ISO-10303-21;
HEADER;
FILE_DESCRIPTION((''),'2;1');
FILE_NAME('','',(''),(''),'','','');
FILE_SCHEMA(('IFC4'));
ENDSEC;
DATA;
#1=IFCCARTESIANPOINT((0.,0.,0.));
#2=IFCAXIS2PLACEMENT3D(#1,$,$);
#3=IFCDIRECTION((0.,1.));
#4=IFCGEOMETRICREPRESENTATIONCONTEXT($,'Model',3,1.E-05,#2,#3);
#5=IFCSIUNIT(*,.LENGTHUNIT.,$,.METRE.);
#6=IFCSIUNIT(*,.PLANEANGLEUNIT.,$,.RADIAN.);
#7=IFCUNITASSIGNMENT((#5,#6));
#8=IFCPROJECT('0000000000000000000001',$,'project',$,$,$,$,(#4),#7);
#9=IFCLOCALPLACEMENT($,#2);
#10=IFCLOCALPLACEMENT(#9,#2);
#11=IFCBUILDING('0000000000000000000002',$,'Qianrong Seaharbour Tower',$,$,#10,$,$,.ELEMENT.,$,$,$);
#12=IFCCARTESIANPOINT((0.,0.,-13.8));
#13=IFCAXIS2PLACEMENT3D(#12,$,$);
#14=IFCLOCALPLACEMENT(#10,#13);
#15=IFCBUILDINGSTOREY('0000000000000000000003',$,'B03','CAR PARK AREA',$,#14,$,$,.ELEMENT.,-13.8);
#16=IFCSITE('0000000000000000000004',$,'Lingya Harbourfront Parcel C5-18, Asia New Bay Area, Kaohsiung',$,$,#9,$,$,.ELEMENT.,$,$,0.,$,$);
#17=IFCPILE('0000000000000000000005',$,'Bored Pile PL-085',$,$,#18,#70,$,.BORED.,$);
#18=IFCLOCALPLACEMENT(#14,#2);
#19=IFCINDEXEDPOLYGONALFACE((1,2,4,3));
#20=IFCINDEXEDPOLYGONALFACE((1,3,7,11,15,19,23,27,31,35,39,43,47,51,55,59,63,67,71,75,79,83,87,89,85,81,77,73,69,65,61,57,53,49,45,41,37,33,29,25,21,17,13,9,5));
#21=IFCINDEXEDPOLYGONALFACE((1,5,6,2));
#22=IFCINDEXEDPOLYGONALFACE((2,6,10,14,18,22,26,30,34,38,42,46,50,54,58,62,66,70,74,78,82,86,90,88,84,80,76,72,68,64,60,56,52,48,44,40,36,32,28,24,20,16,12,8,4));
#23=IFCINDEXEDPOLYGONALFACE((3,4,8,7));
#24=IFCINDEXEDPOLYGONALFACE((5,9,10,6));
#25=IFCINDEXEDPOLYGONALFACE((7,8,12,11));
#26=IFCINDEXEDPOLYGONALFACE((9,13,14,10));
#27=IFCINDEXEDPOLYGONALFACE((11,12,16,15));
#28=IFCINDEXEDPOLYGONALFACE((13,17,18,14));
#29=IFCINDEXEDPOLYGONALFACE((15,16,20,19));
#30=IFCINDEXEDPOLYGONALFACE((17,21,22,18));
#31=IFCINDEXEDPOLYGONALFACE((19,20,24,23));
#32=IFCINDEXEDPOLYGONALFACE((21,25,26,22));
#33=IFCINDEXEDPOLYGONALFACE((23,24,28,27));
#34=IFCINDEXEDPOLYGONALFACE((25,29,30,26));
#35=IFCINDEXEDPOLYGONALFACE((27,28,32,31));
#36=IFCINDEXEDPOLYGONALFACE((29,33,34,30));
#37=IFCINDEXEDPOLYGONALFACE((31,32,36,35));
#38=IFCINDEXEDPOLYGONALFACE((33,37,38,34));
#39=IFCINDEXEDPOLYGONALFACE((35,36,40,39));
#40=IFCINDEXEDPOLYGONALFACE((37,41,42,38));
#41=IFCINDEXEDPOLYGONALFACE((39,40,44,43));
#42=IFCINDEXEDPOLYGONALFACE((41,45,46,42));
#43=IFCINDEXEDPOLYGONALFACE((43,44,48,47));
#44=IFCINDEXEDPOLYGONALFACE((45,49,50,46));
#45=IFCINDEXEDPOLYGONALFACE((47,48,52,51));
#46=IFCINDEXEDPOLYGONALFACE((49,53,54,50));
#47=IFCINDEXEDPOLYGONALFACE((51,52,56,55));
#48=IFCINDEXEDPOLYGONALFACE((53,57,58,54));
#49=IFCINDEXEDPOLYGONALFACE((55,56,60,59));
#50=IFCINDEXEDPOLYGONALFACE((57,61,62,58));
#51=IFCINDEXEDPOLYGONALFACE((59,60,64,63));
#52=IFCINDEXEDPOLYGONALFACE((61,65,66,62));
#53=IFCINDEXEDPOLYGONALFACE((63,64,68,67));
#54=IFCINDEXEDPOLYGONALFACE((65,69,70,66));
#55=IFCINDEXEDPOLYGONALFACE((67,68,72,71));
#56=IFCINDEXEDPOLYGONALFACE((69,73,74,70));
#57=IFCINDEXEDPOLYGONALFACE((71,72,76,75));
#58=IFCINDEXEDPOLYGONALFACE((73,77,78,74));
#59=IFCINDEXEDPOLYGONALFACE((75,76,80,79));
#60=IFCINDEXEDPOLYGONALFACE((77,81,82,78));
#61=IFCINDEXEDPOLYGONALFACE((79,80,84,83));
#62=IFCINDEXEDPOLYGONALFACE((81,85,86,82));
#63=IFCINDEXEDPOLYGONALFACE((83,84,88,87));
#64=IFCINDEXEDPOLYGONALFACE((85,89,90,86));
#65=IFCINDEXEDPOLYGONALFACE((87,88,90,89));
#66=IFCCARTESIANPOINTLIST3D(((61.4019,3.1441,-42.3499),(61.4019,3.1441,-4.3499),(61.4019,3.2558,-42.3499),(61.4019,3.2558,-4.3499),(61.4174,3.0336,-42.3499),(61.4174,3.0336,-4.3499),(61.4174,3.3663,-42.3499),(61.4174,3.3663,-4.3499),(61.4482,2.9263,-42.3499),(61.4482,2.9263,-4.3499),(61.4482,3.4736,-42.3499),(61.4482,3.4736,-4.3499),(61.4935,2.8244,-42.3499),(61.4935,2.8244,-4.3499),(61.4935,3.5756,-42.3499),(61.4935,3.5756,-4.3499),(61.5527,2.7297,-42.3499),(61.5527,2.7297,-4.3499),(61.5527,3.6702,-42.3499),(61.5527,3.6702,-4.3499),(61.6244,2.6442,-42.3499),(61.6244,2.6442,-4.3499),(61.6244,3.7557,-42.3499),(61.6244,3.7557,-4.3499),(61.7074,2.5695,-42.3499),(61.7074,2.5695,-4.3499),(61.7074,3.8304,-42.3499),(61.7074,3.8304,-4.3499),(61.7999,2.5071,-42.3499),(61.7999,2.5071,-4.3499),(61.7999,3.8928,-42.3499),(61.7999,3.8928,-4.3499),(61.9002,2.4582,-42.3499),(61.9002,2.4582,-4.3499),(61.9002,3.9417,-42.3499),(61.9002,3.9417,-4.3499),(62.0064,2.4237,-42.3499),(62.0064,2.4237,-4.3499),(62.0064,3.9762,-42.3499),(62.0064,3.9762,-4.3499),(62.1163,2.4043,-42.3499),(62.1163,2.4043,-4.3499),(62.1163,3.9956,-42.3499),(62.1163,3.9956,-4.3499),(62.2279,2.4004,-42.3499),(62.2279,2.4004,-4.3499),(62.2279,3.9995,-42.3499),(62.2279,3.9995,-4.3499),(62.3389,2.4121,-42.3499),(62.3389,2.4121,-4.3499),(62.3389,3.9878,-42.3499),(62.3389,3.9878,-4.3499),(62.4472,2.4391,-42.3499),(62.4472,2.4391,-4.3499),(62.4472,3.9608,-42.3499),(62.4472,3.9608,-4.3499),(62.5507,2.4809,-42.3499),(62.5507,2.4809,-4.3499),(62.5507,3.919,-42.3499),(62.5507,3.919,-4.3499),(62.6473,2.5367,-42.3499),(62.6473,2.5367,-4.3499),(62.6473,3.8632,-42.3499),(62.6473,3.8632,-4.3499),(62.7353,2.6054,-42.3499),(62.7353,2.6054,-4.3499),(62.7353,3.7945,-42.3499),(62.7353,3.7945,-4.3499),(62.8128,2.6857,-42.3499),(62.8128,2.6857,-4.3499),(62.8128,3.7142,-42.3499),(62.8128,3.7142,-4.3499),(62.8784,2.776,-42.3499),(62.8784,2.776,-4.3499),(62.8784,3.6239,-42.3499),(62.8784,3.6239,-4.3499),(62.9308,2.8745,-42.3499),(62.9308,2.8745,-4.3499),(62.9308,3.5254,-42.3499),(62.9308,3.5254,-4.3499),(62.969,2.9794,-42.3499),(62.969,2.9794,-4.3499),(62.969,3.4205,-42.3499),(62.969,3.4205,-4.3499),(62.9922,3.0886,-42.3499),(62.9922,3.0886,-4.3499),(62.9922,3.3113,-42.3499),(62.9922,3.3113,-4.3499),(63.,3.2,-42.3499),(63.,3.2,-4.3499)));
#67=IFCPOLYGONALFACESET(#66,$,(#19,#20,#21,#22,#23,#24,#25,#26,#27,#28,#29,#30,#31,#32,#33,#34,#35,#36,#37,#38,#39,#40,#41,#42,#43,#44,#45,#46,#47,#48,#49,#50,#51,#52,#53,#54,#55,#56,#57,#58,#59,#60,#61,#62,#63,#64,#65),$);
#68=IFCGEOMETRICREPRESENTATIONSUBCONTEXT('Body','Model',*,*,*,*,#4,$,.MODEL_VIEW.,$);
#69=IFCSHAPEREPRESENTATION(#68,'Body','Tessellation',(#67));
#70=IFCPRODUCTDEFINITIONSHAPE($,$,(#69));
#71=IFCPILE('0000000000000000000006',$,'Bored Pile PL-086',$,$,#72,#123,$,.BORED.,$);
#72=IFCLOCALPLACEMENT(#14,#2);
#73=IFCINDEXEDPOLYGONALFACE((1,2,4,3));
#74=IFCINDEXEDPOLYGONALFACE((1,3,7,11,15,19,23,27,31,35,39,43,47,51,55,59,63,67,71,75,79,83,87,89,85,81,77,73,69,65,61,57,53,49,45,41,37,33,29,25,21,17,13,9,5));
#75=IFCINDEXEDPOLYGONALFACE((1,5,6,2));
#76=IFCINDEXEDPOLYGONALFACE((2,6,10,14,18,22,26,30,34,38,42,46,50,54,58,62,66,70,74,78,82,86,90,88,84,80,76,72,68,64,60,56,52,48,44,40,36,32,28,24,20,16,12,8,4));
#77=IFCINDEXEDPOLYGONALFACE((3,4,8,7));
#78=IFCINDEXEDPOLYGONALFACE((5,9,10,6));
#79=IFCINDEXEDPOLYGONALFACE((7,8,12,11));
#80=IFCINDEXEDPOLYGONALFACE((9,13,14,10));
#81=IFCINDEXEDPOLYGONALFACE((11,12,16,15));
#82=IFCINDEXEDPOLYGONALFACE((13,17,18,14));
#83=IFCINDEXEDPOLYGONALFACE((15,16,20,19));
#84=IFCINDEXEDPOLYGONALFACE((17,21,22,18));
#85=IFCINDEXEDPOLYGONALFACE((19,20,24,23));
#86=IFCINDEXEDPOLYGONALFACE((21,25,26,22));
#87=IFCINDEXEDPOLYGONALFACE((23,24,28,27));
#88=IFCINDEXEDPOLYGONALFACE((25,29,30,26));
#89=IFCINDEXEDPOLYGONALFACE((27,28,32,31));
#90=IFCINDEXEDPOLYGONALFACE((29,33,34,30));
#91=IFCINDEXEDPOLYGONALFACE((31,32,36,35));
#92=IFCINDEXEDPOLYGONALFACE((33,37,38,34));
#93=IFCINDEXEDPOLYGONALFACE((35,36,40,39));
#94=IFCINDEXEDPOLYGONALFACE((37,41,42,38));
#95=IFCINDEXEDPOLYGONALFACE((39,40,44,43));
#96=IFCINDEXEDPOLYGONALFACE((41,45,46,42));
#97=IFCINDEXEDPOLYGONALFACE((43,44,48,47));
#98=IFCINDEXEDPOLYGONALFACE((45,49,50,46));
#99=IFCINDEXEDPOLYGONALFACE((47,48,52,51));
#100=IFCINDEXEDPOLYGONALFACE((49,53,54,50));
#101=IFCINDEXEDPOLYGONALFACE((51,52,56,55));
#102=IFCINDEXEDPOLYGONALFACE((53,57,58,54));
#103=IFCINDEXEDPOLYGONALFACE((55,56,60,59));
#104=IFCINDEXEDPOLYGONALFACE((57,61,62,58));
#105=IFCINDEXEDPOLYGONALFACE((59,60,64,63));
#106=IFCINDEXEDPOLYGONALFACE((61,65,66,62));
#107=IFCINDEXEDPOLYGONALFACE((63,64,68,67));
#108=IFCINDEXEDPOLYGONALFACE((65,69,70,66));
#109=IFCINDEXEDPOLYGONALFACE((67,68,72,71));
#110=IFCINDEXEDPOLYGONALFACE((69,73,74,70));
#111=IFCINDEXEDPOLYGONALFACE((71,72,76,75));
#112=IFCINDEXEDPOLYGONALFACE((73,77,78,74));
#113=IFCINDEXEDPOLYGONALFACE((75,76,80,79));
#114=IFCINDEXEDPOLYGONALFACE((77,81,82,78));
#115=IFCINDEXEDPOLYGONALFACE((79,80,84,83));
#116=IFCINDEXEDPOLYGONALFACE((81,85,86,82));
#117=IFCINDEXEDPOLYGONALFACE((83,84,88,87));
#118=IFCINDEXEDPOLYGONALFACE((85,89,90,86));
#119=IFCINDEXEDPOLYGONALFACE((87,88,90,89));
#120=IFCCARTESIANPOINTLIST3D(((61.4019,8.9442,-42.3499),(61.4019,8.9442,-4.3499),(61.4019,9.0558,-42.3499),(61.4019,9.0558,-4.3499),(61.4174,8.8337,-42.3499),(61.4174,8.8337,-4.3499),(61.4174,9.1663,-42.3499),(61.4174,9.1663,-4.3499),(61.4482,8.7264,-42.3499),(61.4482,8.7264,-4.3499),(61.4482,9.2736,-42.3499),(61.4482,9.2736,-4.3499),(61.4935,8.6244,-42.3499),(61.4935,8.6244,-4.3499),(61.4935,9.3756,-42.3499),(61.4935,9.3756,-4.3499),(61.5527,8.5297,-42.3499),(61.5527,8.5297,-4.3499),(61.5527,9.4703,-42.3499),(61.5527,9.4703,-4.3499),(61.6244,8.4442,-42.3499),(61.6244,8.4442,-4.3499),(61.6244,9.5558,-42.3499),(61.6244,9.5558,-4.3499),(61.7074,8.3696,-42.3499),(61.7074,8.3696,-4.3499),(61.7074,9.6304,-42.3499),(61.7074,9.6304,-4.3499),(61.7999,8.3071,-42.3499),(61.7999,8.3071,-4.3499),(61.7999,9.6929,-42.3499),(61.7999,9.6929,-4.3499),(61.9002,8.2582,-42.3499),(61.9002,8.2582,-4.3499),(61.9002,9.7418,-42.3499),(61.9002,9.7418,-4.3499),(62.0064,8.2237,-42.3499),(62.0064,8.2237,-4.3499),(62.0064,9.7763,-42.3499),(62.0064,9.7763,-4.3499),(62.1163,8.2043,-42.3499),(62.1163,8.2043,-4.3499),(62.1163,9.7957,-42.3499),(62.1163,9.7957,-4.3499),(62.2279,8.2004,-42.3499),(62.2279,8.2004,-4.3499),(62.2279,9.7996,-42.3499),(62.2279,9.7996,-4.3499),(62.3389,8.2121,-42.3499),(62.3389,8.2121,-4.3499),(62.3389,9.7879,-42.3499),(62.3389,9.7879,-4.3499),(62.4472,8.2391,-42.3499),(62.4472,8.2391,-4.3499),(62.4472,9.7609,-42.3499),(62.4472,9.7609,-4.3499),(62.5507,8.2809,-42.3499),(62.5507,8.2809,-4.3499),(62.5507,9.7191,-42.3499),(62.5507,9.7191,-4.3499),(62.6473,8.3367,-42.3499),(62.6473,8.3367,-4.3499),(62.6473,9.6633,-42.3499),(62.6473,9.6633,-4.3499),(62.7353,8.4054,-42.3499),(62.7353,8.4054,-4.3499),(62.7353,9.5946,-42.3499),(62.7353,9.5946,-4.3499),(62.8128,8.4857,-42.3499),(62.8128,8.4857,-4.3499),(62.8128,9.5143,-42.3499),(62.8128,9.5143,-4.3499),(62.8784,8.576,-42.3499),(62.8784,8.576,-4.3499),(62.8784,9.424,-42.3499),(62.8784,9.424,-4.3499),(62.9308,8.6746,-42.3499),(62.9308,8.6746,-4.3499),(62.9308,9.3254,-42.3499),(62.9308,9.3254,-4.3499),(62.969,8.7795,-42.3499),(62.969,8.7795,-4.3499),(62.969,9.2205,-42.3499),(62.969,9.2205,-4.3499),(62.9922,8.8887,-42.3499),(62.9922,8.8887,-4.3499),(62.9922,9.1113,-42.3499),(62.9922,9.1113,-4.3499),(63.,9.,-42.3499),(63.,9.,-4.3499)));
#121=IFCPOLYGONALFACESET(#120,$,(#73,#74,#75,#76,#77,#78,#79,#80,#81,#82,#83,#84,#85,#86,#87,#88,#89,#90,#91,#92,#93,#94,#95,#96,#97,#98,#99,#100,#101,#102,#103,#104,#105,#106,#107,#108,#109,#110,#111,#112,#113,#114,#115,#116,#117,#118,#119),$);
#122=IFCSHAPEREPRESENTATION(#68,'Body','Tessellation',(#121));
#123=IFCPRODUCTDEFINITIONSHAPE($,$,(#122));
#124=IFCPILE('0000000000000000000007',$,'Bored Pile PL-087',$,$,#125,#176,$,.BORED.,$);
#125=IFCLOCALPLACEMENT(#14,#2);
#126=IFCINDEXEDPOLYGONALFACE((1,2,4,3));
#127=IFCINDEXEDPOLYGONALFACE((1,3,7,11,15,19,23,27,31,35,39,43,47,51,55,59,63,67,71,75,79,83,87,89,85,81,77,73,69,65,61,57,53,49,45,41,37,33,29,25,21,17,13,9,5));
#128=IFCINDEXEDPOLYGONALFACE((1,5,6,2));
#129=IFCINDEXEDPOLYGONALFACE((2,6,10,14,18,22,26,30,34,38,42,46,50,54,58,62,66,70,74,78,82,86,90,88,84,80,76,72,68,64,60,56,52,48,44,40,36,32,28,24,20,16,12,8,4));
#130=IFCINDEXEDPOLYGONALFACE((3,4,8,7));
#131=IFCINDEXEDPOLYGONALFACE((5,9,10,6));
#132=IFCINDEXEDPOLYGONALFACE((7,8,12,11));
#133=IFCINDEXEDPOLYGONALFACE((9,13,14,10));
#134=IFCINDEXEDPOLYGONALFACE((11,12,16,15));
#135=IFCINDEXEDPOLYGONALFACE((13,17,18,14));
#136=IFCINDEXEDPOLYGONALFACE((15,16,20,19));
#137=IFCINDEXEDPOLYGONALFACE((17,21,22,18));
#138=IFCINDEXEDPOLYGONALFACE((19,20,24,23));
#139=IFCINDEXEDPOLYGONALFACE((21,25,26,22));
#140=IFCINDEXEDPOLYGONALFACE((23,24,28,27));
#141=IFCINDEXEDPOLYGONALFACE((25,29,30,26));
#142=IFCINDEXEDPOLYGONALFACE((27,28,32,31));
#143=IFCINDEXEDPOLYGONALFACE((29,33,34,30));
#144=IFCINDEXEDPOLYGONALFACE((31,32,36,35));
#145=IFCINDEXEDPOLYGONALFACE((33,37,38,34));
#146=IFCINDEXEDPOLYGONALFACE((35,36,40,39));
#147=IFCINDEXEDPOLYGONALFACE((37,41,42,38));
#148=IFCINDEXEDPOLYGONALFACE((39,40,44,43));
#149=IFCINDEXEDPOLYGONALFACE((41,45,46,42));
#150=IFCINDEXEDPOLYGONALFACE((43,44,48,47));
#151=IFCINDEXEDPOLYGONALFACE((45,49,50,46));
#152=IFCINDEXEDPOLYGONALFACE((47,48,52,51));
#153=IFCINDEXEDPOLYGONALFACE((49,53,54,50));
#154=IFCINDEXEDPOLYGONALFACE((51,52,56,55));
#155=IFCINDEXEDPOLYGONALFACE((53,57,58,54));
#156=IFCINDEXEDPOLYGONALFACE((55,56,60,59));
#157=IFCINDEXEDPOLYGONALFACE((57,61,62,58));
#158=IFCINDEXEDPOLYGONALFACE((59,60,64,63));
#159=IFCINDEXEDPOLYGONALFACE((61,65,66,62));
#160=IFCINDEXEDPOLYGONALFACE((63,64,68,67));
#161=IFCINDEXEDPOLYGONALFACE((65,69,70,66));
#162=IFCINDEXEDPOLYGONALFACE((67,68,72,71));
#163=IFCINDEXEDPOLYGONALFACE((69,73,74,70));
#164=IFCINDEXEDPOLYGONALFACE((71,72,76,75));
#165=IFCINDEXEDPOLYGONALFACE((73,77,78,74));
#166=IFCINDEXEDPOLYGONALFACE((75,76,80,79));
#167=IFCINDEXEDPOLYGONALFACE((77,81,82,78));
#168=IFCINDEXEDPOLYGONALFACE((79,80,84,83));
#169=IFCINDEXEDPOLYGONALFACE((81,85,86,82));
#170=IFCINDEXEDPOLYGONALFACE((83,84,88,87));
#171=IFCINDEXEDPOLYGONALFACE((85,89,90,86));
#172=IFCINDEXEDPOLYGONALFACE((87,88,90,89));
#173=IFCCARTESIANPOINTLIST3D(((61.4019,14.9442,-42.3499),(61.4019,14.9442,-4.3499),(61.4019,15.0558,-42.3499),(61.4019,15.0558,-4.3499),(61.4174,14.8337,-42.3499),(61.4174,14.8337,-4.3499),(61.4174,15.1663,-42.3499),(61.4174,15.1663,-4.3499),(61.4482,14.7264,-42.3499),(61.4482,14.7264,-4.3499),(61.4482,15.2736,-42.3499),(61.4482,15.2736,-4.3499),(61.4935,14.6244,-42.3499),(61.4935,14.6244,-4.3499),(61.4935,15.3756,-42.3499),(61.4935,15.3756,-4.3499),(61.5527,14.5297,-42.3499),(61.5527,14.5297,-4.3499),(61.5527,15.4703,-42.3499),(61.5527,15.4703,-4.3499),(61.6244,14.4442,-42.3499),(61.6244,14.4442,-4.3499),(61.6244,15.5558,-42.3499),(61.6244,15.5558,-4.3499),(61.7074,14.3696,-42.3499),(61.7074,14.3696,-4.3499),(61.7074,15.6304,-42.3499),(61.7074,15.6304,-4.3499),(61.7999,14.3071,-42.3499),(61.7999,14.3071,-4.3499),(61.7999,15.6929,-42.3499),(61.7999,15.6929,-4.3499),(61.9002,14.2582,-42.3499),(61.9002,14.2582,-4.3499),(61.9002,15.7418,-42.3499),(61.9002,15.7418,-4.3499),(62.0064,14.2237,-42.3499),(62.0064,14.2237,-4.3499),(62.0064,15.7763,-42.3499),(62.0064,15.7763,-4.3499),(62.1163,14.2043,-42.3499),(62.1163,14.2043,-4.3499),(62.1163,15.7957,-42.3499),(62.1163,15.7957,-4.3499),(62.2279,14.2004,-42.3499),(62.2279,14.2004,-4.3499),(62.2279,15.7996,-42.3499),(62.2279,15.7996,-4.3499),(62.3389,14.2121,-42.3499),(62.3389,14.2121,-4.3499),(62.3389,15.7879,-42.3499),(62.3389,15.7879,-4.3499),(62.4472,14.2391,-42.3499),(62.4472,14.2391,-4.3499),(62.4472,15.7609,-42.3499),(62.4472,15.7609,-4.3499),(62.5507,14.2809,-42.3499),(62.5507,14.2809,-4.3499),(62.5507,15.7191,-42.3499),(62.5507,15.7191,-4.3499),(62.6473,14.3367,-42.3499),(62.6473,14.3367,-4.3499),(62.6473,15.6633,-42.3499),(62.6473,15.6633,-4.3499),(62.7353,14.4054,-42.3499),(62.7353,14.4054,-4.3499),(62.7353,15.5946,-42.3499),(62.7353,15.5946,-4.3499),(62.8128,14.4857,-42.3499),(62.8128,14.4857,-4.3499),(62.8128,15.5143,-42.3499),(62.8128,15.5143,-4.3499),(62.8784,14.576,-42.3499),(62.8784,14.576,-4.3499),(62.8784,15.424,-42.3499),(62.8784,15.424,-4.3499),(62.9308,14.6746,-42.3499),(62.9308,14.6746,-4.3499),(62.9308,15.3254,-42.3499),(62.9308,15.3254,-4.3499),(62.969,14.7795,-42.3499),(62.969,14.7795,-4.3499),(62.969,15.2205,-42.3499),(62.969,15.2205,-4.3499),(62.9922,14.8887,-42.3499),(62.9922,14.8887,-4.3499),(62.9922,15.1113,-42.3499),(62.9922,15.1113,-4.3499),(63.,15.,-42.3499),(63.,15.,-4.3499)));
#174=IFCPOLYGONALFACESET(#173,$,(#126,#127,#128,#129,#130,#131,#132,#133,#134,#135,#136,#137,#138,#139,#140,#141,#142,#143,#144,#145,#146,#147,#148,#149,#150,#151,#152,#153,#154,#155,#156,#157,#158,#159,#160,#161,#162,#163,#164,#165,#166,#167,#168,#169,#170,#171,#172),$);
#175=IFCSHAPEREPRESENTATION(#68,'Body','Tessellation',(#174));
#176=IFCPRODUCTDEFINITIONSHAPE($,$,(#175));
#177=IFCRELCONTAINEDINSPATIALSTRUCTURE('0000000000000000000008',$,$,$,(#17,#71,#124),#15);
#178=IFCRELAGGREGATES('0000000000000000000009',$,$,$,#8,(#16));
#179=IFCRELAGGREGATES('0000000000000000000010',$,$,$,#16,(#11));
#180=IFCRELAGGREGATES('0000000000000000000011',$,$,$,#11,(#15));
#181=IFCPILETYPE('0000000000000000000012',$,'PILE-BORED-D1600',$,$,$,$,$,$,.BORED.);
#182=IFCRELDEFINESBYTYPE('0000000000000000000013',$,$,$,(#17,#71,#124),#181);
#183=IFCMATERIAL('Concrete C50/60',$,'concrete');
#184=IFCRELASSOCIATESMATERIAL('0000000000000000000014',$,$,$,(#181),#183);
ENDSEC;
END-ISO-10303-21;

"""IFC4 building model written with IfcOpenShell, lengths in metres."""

from ifc_helpers import new_model, si_unit, direction, frame, origin, origin_2d, place, context, subcontext, project, spatial, circle, extrude, material, material_profile, profile_set, type_object, element, save


model = new_model("IFC4")

# Units and contexts
model_context = context("Model", 3, precision=1e-05, world=origin(), true_north=direction((0.0, 1.0)))
body_context = subcontext(model_context, "Body", "Model", "MODEL_VIEW")
ifc_project = project(units=[si_unit("LENGTHUNIT", "METRE"), si_unit("PLANEANGLEUNIT", "RADIAN")], contexts=[model_context])

# Site, building, storey
site_placement = place(None, origin())
site = spatial("IfcSite", under=ifc_project, at=site_placement, Name="Lingya Harbourfront Parcel C5-18, Asia New Bay Area, Kaohsiung", CompositionType="ELEMENT", RefElevation=0.0)
building_placement = place(site_placement, origin())
building = spatial("IfcBuilding", under=site, at=building_placement, Name="Qianrong Seaharbour Tower", CompositionType="ELEMENT")
storey_placement = place(building_placement, frame((0.0, 0.0, -13.8)))
storey = spatial("IfcBuildingStorey", under=building, at=storey_placement, Name="B03", Description="CAR PARK AREA", CompositionType="ELEMENT", Elevation=-13.8)

# Piles
ifc_material_1 = material(Name="Concrete C50/60", Category="concrete")
ifc_material_profile_1 = material_profile(ifc_material_1, circle(Radius=0.8, at=origin_2d()), Name="PILE-D1600")
ifc_profile_set_1 = profile_set([ifc_material_profile_1], Name="Concrete C50/60")
pile_type = type_object("IfcPileType", Name="PILE-BORED-D1600", PredefinedType="BORED", material=ifc_profile_set_1)
for number, where, z_axis, x_axis, name in (
    (1, (62.2, 3.2, -4.3499), (0.0, 0.0, -1.0), (1.0, 0.0, 0.0), "Bored Pile PL-085"),
    (2, (62.2, 9.0, -4.3499), (0.0, 0.0, -1.0), (1.0, 0.0, 0.0), "Bored Pile PL-086"),
    (3, (62.2, 15.0, -4.3499), (0.0, 0.0, -1.0), (1.0, 0.0, 0.0), "Bored Pile PL-087"),
):
    element("IfcPile", number, at=place(storey_placement, frame(where, z_axis=z_axis, x_axis=x_axis)), inside=storey, type_object=pile_type, Name=name, PredefinedType="BORED", context=body_context, shape_type="SweptSolid", body=[
        extrude(circle(Radius=0.8, at=origin_2d()), origin(), (0.0, 0.0, 1.0), 38.0),
    ])

save(model, "model.ifc")
